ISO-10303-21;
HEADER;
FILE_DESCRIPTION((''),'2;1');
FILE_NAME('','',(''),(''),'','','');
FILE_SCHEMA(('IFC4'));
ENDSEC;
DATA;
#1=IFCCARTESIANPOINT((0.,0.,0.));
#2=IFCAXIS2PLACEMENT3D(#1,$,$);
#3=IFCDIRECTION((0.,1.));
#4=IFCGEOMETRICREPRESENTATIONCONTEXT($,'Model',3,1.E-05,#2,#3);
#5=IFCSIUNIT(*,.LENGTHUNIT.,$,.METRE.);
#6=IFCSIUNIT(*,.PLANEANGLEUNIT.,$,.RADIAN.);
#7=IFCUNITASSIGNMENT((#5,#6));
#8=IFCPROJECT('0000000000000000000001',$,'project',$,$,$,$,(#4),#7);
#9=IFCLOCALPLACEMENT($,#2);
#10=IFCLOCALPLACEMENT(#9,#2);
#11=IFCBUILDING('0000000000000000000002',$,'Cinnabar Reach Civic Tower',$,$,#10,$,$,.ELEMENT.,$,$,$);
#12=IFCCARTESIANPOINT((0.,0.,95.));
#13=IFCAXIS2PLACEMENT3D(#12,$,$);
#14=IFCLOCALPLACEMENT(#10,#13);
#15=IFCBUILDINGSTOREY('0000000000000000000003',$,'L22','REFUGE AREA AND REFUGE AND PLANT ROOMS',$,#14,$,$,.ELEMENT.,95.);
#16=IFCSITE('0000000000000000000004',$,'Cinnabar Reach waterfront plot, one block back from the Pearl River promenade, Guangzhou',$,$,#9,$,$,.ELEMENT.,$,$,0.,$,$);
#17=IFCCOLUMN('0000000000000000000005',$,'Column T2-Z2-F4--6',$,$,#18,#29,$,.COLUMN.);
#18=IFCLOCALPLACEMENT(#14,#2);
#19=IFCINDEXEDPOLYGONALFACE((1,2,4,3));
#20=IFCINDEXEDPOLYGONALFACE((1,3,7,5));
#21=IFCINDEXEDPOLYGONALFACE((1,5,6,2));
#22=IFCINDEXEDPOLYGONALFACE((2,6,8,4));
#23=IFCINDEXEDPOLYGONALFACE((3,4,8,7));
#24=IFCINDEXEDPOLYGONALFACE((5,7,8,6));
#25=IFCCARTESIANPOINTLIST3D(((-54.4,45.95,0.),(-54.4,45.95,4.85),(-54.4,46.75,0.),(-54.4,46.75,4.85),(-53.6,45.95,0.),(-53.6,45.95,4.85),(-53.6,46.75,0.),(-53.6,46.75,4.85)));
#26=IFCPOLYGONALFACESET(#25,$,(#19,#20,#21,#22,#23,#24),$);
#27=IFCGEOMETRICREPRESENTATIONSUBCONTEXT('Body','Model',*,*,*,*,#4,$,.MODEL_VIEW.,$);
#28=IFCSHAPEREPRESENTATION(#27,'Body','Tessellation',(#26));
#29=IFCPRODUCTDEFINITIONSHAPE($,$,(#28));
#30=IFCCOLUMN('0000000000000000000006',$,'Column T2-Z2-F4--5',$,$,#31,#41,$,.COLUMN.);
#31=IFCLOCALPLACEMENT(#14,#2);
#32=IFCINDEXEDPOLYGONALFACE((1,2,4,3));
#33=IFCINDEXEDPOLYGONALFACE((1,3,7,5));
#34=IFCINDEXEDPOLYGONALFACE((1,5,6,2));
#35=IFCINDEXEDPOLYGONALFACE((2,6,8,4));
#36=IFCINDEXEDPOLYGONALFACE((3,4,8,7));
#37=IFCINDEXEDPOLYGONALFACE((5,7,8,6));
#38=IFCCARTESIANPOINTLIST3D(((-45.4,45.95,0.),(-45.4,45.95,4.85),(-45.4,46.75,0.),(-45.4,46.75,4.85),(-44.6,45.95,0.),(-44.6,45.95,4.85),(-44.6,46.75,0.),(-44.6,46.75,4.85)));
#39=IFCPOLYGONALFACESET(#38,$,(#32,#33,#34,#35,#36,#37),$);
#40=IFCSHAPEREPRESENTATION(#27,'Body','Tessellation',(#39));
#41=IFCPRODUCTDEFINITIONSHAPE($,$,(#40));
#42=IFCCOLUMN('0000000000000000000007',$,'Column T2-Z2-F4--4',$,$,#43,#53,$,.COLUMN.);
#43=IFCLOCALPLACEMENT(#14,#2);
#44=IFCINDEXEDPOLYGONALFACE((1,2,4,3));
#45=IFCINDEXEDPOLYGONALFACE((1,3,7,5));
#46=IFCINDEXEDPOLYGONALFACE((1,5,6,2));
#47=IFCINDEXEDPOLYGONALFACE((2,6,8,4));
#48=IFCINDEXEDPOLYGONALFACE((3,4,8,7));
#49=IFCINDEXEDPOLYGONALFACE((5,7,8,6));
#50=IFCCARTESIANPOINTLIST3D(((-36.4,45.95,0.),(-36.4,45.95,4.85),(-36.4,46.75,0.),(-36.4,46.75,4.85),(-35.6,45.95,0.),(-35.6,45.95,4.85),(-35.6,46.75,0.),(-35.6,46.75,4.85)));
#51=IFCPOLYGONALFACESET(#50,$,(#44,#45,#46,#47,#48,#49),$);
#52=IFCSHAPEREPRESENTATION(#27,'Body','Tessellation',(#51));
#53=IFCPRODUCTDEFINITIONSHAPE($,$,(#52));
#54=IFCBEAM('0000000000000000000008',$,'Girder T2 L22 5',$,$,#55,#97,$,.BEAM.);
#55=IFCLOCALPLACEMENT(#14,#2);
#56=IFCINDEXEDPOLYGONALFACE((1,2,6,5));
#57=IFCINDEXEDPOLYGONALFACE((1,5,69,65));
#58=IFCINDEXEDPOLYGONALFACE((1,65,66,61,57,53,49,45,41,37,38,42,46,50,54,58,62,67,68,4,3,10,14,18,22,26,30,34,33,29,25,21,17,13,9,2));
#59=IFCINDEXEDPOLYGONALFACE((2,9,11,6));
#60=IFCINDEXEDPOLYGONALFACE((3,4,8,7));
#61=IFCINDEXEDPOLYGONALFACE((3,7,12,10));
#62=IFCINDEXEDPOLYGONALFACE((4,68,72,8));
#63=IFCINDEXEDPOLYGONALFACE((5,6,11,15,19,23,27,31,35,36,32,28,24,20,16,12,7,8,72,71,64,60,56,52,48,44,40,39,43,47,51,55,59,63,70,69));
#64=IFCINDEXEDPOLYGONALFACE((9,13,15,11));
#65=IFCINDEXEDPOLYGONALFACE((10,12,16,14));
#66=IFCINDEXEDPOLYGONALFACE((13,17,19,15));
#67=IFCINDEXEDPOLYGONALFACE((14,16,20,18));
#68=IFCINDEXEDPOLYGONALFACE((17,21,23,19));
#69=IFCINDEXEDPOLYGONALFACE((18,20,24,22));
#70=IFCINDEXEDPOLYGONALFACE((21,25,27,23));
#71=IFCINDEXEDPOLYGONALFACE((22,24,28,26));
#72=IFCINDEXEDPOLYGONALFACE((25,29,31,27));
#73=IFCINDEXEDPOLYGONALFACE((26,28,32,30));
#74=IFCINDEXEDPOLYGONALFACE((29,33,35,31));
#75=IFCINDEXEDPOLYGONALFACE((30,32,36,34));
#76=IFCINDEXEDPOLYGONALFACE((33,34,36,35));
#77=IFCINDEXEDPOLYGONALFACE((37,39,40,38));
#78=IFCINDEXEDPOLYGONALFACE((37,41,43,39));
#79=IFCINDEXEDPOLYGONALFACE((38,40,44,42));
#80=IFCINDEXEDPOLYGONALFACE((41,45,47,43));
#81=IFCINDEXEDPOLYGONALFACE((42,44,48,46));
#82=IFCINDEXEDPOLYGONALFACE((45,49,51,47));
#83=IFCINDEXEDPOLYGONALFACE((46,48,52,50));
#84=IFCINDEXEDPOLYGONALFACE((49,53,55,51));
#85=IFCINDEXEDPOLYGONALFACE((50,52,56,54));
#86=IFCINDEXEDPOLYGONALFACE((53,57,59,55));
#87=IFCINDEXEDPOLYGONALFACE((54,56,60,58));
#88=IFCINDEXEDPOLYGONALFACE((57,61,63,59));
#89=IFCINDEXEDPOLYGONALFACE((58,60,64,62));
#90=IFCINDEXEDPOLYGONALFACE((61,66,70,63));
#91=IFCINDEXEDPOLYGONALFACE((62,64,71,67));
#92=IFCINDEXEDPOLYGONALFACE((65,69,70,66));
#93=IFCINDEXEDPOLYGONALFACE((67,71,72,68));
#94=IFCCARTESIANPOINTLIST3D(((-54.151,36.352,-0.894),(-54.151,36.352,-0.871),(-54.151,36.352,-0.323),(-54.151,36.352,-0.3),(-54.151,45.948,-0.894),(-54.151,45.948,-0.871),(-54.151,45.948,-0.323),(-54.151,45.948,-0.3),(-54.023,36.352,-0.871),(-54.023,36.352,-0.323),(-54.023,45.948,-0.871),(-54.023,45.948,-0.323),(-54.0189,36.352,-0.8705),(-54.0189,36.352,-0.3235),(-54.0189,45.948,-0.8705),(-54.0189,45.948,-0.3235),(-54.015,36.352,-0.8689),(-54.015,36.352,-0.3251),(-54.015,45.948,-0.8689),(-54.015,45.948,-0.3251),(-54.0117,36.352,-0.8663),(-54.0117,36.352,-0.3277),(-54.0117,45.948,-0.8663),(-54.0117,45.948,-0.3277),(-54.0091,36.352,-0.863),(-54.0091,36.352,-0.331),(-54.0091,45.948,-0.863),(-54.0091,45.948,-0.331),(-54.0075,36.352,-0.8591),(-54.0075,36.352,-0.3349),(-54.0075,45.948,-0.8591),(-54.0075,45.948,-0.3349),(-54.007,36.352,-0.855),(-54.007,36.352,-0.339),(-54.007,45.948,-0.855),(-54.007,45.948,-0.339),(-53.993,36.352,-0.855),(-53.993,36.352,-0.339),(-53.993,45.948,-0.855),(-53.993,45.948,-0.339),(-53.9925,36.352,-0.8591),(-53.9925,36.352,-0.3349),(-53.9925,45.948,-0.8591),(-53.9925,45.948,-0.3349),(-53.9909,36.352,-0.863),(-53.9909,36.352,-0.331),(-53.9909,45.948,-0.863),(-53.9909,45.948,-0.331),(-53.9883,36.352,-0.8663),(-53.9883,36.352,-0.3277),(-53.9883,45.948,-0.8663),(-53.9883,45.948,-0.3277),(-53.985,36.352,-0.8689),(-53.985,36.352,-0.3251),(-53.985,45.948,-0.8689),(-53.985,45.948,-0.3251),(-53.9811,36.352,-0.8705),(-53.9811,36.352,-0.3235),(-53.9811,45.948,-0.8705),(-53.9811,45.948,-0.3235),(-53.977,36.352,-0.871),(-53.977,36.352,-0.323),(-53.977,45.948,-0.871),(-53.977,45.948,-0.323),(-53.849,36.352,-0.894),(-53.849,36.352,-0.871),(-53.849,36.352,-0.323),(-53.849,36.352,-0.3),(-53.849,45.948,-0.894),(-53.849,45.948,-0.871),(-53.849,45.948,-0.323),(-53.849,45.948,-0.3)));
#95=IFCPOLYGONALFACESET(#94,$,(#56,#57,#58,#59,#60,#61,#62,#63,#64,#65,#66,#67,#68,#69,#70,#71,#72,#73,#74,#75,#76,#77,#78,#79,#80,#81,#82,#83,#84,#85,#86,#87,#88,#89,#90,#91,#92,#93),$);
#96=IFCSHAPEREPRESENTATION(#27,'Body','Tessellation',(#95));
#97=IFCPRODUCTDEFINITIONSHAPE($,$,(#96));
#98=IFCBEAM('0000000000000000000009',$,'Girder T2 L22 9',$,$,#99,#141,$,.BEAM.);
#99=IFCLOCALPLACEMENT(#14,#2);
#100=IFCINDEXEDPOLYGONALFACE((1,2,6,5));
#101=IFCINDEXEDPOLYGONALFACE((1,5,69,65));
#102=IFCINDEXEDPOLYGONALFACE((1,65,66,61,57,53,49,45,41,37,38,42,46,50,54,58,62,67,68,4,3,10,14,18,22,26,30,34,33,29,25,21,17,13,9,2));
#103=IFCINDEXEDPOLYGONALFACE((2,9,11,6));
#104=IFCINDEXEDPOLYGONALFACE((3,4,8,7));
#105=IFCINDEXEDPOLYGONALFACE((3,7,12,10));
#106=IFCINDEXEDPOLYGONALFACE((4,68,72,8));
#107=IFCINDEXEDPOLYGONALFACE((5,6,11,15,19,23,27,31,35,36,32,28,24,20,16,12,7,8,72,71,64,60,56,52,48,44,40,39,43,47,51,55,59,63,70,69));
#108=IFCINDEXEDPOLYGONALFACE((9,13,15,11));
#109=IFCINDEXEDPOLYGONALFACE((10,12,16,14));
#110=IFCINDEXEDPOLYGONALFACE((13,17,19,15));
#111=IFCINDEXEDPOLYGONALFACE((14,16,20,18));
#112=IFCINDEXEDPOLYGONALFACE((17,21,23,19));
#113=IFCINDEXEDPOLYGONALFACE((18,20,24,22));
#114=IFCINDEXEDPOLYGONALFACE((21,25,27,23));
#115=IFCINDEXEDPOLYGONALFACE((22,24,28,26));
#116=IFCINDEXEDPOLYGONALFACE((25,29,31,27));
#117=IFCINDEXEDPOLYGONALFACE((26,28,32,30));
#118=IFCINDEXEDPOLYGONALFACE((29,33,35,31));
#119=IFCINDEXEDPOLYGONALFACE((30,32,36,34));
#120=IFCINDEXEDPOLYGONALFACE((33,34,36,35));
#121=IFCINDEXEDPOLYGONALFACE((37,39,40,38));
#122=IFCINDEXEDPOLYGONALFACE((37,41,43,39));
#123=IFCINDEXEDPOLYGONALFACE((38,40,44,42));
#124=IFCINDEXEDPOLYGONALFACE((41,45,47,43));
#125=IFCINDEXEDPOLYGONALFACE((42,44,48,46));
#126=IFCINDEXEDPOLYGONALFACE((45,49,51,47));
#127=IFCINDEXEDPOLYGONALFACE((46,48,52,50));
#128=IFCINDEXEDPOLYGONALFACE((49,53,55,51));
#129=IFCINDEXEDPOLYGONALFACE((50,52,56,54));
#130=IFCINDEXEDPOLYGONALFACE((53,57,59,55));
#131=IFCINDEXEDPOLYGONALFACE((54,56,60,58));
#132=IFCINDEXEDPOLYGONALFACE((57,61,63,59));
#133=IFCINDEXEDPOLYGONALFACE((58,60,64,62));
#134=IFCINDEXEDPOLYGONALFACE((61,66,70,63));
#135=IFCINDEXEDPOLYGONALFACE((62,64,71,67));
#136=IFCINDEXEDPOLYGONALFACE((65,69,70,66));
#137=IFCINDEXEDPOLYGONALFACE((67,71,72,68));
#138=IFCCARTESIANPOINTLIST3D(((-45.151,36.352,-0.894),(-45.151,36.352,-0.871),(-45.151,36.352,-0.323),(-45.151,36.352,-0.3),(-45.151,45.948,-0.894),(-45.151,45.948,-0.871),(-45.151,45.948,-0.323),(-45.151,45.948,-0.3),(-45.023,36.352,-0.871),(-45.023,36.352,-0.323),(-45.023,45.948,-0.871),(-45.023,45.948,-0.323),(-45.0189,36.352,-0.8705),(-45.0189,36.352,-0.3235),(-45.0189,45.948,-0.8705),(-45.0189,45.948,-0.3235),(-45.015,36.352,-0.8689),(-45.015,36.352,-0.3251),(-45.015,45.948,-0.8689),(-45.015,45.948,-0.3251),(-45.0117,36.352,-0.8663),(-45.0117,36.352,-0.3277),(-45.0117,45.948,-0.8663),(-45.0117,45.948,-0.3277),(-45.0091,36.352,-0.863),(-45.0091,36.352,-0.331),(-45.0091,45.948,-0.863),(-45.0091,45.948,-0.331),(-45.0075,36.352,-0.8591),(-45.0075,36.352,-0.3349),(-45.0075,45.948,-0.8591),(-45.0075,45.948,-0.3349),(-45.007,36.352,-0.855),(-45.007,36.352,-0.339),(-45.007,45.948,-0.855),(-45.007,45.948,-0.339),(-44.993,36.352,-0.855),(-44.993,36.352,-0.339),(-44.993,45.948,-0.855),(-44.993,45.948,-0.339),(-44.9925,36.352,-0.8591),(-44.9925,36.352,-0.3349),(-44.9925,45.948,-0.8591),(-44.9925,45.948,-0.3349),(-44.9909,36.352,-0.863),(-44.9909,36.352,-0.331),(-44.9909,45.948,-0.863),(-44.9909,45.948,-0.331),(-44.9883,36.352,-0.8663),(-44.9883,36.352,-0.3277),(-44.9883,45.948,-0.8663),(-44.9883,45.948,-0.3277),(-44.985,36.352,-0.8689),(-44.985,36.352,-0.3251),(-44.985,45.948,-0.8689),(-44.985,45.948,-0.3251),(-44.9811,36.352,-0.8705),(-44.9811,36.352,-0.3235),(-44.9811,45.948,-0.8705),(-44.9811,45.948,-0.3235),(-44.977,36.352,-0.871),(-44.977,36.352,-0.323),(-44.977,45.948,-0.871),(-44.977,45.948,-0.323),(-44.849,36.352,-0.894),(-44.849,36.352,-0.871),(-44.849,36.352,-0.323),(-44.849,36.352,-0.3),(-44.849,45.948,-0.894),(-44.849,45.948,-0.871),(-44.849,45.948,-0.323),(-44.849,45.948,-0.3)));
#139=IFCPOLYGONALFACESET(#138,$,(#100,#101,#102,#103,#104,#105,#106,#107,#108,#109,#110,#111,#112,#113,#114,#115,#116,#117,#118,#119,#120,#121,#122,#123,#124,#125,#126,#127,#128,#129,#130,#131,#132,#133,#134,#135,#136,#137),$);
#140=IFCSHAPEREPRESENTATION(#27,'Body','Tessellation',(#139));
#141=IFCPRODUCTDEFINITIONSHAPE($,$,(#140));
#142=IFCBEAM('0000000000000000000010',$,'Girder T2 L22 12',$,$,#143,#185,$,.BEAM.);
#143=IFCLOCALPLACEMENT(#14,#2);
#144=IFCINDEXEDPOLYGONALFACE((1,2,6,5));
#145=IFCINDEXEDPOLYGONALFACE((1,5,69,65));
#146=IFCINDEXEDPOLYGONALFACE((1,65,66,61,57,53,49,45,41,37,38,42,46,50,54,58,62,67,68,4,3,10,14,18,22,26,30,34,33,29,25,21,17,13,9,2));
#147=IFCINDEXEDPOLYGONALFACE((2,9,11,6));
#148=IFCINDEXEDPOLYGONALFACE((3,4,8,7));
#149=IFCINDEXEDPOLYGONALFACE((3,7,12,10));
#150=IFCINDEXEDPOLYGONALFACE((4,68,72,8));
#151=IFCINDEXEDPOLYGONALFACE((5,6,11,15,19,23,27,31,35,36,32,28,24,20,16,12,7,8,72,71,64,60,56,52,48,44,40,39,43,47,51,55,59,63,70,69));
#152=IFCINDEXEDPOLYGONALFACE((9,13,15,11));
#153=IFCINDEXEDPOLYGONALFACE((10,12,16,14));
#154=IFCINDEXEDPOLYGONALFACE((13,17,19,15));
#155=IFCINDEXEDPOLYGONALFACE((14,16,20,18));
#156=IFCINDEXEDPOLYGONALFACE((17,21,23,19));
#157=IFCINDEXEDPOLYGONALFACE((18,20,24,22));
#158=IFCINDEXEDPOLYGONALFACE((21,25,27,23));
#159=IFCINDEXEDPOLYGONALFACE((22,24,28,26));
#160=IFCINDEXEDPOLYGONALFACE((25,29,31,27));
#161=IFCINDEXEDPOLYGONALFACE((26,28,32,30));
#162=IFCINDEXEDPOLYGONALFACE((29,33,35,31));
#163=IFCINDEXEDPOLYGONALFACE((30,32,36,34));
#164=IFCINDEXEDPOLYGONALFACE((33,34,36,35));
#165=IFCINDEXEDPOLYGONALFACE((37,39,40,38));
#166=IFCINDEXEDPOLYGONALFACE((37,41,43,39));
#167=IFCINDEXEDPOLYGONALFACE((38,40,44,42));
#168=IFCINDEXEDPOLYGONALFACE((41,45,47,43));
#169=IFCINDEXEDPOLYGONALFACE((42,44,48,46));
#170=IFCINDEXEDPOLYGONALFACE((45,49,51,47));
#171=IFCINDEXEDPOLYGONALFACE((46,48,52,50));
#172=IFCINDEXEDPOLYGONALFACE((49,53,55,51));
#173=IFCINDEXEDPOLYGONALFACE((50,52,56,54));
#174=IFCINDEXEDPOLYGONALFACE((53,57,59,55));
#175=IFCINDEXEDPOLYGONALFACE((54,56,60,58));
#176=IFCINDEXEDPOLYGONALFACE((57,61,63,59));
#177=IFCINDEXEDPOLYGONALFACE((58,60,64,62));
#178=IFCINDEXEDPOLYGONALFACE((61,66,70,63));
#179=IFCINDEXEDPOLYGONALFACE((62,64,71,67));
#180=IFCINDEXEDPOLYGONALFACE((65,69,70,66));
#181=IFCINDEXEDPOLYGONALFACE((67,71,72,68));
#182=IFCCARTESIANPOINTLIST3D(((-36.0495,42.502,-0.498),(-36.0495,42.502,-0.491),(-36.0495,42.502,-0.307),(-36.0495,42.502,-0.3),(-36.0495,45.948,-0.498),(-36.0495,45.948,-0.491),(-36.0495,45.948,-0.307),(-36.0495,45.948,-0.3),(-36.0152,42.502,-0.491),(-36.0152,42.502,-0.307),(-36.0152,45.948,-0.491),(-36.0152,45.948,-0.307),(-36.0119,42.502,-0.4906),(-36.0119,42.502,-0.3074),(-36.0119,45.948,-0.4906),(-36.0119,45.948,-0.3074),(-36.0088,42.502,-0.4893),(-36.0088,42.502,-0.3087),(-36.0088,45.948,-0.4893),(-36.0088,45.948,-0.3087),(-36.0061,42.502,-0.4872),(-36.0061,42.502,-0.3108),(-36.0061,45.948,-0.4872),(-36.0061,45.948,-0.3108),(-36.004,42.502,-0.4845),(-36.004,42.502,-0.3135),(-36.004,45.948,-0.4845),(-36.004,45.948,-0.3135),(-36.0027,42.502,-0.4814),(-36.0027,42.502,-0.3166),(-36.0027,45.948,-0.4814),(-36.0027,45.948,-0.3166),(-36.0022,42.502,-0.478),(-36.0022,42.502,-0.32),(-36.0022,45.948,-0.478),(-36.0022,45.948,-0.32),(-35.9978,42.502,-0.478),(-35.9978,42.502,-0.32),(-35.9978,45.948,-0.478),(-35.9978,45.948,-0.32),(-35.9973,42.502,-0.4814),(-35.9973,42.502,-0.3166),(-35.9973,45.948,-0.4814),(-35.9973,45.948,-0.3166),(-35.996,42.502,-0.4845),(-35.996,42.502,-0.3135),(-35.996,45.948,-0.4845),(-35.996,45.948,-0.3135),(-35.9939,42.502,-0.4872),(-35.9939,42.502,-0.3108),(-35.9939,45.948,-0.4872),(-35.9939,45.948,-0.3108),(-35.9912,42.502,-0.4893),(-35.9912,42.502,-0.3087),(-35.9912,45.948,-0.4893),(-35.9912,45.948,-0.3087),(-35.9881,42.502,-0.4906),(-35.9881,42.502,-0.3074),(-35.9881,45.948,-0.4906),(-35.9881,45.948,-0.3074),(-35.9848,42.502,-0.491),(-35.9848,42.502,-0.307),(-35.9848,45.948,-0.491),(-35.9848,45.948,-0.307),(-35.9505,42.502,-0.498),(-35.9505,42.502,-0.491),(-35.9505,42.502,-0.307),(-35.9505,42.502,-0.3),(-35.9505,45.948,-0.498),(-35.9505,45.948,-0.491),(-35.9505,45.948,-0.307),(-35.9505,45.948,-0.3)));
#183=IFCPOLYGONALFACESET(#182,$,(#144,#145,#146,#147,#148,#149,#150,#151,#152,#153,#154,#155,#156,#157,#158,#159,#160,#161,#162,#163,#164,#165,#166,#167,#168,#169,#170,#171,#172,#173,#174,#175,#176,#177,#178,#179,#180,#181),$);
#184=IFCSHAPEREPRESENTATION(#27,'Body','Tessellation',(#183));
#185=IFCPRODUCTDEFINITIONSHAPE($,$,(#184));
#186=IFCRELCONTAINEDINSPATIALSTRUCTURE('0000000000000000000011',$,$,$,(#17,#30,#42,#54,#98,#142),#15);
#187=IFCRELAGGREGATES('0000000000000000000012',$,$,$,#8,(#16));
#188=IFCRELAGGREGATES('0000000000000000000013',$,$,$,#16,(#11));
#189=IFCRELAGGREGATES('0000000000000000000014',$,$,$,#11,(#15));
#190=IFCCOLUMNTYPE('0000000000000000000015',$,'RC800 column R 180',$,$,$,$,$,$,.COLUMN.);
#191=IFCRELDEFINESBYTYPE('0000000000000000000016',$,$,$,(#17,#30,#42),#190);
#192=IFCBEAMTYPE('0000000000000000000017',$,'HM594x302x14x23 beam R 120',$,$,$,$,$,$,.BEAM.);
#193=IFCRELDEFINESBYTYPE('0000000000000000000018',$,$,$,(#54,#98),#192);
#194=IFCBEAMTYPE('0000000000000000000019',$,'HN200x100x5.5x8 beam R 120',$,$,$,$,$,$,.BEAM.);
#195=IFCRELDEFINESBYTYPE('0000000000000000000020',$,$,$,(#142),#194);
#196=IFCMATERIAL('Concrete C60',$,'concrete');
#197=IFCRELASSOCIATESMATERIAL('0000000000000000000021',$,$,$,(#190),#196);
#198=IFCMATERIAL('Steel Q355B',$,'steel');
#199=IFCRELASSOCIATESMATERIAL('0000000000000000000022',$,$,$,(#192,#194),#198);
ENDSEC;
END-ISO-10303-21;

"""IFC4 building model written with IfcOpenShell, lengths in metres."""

from ifc_helpers import new_model, si_unit, direction, frame, origin, origin_2d, place, context, subcontext, project, spatial, rectangle, i_section, extrude, material, material_profile, profile_set, type_object, element, save


model = new_model("IFC4")

# Units and contexts
model_context = context("Model", 3, precision=1e-05, world=origin(), true_north=direction((0.0, 1.0)))
body_context = subcontext(model_context, "Body", "Model", "MODEL_VIEW")
ifc_project = project(units=[si_unit("LENGTHUNIT", "METRE"), si_unit("PLANEANGLEUNIT", "RADIAN")], contexts=[model_context])

# Site, building, storey
site_placement = place(None, origin())
site = spatial("IfcSite", under=ifc_project, at=site_placement, Name="Cinnabar Reach waterfront plot, one block back from the Pearl River promenade, Guangzhou", CompositionType="ELEMENT", RefElevation=0.0)
building_placement = place(site_placement, origin())
building = spatial("IfcBuilding", under=site, at=building_placement, Name="Cinnabar Reach Civic Tower", CompositionType="ELEMENT")
storey_placement = place(building_placement, frame((0.0, 0.0, 95.0)))
storey = spatial("IfcBuildingStorey", under=building, at=storey_placement, Name="L22", Description="REFUGE AREA AND REFUGE AND PLANT ROOMS", CompositionType="ELEMENT", Elevation=95.0)

# Columns
ifc_material_1 = material(Name="Concrete C60", Category="concrete")
ifc_material_profile_1 = material_profile(ifc_material_1, rectangle(XDim=0.8, YDim=0.8, at=origin_2d()), Name="RC800")
ifc_profile_set_1 = profile_set([ifc_material_profile_1], Name="Concrete C60")
column_type = type_object("IfcColumnType", Name="RC800 column R 180", PredefinedType="COLUMN", material=ifc_profile_set_1)
for number, where, z_axis, x_axis, name in (
    (1, (-54.0, 46.35, 0.0), (0.0, 0.0, 1.0), (1.0, 0.0, 0.0), "Column T2-Z2-F4--6"),
    (2, (-45.0, 46.35, 0.0), (0.0, 0.0, 1.0), (1.0, 0.0, 0.0), "Column T2-Z2-F4--5"),
    (3, (-36.0, 46.35, 0.0), (0.0, 0.0, 1.0), (1.0, 0.0, 0.0), "Column T2-Z2-F4--4"),
):
    element("IfcColumn", number, at=place(storey_placement, frame(where, z_axis=z_axis, x_axis=x_axis)), inside=storey, type_object=column_type, Name=name, PredefinedType="COLUMN", context=body_context, shape_type="SweptSolid", body=[
        extrude(rectangle(XDim=0.8, YDim=0.8, at=origin_2d()), origin(), (0.0, 0.0, 1.0), 4.85),
    ])

# Beams
ifc_material_2 = material(Name="Steel Q355B", Category="steel")
ifc_material_profile_2 = material_profile(ifc_material_2, i_section(OverallWidth=0.302, OverallDepth=0.594, WebThickness=0.014, FlangeThickness=0.023, FilletRadius=0.016, at=origin_2d()), Name="HM594x302x14x23")
ifc_profile_set_2 = profile_set([ifc_material_profile_2], Name="Steel Q355B")
beam_type_1 = type_object("IfcBeamType", Name="HM594x302x14x23 beam R 120", PredefinedType="BEAM", material=ifc_profile_set_2)
for number, where, z_axis, x_axis, name in (
    (4, (-54.0, 36.352, -0.597), (0.0, 1.0, 0.0), (-1.0, 0.0, 0.0), "Girder T2 L22 5"),
    (5, (-45.0, 36.352, -0.597), (0.0, 1.0, 0.0), (-1.0, 0.0, 0.0), "Girder T2 L22 9"),
):
    element("IfcBeam", number, at=place(storey_placement, frame(where, z_axis=z_axis, x_axis=x_axis)), inside=storey, type_object=beam_type_1, Name=name, PredefinedType="BEAM", context=body_context, shape_type="SweptSolid", body=[
        extrude(i_section(OverallWidth=0.302, OverallDepth=0.594, WebThickness=0.014, FlangeThickness=0.023, FilletRadius=0.016, at=origin_2d()), origin(), (0.0, 0.0, 1.0), 9.596),
    ])
ifc_material_profile_3 = material_profile(ifc_material_2, i_section(OverallWidth=0.099, OverallDepth=0.198, WebThickness=0.0045, FlangeThickness=0.007, FilletRadius=0.013, at=origin_2d()), Name="HN200x100x5.5x8")
ifc_profile_set_3 = profile_set([ifc_material_profile_3], Name="Steel Q355B")
beam_type_2 = type_object("IfcBeamType", Name="HN200x100x5.5x8 beam R 120", PredefinedType="BEAM", material=ifc_profile_set_3)
beam_1_placement = place(storey_placement, frame((-36.0, 42.502, -0.399), z_axis=(0.0, 1.0, 0.0), x_axis=(-1.0, 0.0, 0.0)))
element("IfcBeam", 6, at=beam_1_placement, inside=storey, type_object=beam_type_2, Name="Girder T2 L22 12", PredefinedType="BEAM", context=body_context, shape_type="SweptSolid", body=[
    extrude(i_section(OverallWidth=0.099, OverallDepth=0.198, WebThickness=0.0045, FlangeThickness=0.007, FilletRadius=0.013, at=origin_2d()), origin(), (0.0, 0.0, 1.0), 3.446),
])

save(model, "model.ifc")
